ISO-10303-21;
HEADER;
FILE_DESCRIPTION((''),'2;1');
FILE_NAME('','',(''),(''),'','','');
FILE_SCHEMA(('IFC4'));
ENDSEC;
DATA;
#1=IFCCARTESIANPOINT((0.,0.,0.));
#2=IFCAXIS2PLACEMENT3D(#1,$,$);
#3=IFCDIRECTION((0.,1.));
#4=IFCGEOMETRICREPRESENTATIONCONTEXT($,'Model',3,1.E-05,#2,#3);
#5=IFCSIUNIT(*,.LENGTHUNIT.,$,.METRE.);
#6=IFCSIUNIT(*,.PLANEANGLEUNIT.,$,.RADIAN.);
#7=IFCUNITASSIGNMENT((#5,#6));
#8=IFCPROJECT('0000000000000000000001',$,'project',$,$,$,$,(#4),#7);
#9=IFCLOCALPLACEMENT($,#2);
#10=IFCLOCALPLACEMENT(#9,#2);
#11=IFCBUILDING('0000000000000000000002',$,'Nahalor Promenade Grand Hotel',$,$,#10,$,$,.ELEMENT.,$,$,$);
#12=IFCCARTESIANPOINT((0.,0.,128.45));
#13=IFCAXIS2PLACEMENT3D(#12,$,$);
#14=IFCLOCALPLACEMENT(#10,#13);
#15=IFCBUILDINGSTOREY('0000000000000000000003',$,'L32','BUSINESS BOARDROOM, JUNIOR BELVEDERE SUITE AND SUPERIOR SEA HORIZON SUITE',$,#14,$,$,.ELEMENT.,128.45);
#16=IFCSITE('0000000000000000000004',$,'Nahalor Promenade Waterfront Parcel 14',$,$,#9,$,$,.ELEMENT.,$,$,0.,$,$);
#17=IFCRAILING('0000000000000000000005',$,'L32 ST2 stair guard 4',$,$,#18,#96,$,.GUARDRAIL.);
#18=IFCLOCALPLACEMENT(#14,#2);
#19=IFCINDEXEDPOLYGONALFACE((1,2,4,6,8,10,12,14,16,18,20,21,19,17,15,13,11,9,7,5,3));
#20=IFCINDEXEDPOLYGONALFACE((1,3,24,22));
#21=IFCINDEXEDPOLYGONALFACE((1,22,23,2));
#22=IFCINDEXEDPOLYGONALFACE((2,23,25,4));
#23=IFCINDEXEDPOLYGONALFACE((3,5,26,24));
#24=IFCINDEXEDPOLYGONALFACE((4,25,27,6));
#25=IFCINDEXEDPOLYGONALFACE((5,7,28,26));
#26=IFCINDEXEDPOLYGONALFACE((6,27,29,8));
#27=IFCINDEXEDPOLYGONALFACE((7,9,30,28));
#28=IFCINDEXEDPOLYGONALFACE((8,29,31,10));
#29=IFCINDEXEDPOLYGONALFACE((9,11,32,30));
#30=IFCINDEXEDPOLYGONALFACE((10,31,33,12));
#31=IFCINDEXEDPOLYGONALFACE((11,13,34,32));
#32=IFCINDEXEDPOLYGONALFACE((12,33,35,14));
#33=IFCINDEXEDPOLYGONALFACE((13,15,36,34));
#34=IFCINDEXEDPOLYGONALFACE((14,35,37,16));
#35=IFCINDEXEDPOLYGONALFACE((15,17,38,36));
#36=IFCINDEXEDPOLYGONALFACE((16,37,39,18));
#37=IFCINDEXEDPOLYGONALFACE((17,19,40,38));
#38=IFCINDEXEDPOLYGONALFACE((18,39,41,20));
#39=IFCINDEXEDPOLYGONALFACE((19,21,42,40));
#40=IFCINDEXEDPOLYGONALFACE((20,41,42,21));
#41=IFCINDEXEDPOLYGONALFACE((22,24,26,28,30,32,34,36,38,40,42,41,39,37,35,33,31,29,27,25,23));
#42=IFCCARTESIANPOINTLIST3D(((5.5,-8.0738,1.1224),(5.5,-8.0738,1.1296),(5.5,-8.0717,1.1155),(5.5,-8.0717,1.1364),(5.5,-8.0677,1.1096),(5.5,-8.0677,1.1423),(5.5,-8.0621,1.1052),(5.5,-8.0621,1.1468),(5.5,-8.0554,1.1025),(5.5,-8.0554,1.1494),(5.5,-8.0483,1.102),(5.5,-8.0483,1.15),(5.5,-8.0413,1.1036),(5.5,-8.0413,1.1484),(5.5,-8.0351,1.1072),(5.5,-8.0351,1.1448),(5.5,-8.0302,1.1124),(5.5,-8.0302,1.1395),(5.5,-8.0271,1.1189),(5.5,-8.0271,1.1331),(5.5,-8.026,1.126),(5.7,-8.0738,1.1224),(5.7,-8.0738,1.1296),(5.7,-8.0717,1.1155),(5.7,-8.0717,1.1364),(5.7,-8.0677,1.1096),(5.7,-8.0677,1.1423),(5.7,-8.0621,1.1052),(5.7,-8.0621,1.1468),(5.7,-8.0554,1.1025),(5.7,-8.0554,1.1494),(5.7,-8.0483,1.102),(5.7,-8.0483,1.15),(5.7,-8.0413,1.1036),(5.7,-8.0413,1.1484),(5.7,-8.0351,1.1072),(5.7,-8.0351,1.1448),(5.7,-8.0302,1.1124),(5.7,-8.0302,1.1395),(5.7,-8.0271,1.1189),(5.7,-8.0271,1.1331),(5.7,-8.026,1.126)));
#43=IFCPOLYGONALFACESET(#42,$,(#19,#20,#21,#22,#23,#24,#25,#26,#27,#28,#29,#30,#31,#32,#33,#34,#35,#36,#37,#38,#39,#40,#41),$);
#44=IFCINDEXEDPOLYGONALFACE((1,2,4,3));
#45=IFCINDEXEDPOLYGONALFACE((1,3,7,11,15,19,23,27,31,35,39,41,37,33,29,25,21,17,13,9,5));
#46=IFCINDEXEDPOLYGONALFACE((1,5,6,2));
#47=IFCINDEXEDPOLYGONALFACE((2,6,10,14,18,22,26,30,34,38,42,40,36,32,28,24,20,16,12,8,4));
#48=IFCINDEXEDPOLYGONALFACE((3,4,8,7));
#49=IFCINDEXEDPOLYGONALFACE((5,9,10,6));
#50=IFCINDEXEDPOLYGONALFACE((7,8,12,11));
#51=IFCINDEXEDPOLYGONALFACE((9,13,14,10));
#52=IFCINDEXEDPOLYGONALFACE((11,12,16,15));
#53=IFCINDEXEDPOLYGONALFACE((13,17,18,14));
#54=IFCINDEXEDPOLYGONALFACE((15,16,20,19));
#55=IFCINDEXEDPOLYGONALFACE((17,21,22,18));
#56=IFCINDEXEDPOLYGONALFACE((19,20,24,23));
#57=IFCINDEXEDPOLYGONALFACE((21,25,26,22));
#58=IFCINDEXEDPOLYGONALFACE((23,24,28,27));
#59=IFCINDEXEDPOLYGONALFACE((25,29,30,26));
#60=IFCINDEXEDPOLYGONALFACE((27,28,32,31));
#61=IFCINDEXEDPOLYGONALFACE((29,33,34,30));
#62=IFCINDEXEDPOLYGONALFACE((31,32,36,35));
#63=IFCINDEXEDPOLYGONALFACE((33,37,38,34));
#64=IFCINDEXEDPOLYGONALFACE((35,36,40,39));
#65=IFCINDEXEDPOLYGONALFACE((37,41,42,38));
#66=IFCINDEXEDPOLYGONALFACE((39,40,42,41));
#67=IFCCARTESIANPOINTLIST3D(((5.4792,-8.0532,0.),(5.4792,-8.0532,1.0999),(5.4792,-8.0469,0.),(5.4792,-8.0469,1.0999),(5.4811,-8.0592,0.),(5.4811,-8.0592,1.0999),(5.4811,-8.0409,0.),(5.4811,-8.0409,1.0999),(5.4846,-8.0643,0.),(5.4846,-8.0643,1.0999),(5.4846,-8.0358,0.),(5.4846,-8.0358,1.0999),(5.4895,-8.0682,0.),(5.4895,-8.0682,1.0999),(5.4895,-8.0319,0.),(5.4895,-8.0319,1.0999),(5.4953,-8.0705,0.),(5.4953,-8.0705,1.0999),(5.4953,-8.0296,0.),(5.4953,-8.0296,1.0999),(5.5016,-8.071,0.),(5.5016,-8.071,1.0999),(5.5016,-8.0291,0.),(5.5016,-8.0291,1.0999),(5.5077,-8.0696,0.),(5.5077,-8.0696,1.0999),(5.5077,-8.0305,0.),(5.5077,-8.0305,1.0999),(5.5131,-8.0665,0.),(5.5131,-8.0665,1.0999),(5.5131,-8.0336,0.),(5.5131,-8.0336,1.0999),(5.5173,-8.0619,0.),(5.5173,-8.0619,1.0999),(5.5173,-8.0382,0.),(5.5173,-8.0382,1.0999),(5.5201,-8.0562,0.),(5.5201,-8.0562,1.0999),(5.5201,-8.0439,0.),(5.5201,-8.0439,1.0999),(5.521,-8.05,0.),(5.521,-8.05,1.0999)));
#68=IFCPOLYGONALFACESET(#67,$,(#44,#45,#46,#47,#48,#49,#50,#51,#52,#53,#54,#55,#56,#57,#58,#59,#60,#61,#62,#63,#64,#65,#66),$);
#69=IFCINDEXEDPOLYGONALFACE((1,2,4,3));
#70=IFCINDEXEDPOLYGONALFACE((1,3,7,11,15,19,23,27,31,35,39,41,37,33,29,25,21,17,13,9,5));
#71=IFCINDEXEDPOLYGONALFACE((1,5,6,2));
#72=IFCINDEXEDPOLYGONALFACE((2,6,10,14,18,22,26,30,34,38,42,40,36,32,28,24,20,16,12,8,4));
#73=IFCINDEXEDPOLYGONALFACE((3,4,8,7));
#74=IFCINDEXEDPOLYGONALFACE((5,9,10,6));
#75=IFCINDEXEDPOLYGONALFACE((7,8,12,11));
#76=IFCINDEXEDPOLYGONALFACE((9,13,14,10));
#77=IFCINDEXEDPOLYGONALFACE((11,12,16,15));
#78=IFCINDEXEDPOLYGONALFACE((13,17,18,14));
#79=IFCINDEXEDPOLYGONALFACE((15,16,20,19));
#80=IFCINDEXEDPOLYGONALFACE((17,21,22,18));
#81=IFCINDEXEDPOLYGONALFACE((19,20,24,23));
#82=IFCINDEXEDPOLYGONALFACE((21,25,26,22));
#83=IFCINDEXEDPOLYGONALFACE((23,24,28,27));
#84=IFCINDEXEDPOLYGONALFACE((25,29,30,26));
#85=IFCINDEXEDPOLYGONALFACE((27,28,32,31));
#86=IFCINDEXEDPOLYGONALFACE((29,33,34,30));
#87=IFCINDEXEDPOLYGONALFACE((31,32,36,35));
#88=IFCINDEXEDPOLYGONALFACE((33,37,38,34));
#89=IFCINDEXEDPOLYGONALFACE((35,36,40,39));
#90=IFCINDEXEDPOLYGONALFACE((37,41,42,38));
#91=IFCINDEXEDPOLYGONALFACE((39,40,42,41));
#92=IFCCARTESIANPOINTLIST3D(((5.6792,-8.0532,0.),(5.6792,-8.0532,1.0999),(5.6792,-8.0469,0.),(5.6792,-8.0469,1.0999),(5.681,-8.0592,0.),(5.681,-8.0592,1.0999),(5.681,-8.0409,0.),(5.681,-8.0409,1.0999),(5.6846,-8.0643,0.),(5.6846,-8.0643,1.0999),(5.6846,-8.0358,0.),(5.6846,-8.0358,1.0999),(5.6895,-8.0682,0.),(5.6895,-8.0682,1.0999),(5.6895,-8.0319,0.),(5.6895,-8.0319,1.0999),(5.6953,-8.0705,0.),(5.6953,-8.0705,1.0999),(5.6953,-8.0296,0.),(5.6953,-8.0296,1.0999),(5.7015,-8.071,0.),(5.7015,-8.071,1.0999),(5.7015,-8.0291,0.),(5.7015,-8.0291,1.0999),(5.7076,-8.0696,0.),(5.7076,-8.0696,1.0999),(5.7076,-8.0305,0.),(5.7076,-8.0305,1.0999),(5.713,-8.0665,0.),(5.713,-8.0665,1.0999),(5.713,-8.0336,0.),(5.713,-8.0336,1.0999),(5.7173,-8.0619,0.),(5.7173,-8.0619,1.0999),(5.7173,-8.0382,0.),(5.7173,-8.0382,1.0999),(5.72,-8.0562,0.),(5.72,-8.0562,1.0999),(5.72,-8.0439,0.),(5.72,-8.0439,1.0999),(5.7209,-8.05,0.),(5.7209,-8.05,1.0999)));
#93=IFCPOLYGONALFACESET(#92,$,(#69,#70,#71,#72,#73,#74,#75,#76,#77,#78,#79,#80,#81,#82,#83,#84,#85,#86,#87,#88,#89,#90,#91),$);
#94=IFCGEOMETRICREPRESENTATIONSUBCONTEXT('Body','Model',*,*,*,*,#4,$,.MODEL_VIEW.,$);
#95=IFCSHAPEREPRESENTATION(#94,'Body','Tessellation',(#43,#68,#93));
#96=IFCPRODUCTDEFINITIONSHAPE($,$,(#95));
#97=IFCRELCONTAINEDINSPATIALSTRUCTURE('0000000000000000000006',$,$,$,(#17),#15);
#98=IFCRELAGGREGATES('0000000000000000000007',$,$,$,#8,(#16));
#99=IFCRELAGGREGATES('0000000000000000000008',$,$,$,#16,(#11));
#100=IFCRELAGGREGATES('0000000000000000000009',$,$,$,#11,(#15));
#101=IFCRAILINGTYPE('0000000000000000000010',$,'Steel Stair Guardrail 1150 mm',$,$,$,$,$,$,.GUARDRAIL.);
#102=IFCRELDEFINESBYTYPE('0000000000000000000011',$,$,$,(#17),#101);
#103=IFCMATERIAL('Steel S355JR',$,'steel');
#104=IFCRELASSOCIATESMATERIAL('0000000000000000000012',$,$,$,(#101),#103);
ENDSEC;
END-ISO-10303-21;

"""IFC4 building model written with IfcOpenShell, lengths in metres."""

from ifc_helpers import new_model, si_unit, direction, frame, origin, origin_2d, place, context, subcontext, project, spatial, circle, extrude, material, type_object, element, save


model = new_model("IFC4")

# Units and contexts
model_context = context("Model", 3, precision=1e-05, world=origin(), true_north=direction((0.0, 1.0)))
body_context = subcontext(model_context, "Body", "Model", "MODEL_VIEW")
ifc_project = project(units=[si_unit("LENGTHUNIT", "METRE"), si_unit("PLANEANGLEUNIT", "RADIAN")], contexts=[model_context])

# Site, building, storey
site_placement = place(None, origin())
site = spatial("IfcSite", under=ifc_project, at=site_placement, Name="Nahalor Promenade Waterfront Parcel 14", CompositionType="ELEMENT", RefElevation=0.0)
building_placement = place(site_placement, origin())
building = spatial("IfcBuilding", under=site, at=building_placement, Name="Nahalor Promenade Grand Hotel", CompositionType="ELEMENT")
storey_placement = place(building_placement, frame((0.0, 0.0, 128.45)))
storey = spatial("IfcBuildingStorey", under=building, at=storey_placement, Name="L32", Description="BUSINESS BOARDROOM, JUNIOR BELVEDERE SUITE AND SUPERIOR SEA HORIZON SUITE", CompositionType="ELEMENT", Elevation=128.45)

# Shared definitions
ifc_material_1 = material(Name="Steel S355JR", Category="steel")

# Railing
railing_type_1 = type_object("IfcRailingType", Name="Steel Stair Guardrail 1150 mm", PredefinedType="GUARDRAIL", material=ifc_material_1)
railing_1_placement = place(storey_placement, frame((5.5, -8.05, 0.0)))
element("IfcRailing", 1, at=railing_1_placement, inside=storey, type_object=railing_type_1, Name="L32 ST2 stair guard 4", PredefinedType="GUARDRAIL", context=body_context, shape_type="SweptSolid", body=[
    extrude(circle(Radius=0.024, at=origin_2d()), frame((0.0, 0.0, 1.126), z_axis=(1.0, 0.0, 0.0), x_axis=(0.0, 1.0, 0.0)), (0.0, 0.0, 1.0), 0.2),
    extrude(circle(Radius=0.021, at=origin_2d()), origin(), (0.0, 0.0, 1.0), 1.0999),
    extrude(circle(Radius=0.021, at=origin_2d()), frame((0.2, 0.0, 0.0)), (0.0, 0.0, 1.0), 1.0999),
])

save(model, "model.ifc")
